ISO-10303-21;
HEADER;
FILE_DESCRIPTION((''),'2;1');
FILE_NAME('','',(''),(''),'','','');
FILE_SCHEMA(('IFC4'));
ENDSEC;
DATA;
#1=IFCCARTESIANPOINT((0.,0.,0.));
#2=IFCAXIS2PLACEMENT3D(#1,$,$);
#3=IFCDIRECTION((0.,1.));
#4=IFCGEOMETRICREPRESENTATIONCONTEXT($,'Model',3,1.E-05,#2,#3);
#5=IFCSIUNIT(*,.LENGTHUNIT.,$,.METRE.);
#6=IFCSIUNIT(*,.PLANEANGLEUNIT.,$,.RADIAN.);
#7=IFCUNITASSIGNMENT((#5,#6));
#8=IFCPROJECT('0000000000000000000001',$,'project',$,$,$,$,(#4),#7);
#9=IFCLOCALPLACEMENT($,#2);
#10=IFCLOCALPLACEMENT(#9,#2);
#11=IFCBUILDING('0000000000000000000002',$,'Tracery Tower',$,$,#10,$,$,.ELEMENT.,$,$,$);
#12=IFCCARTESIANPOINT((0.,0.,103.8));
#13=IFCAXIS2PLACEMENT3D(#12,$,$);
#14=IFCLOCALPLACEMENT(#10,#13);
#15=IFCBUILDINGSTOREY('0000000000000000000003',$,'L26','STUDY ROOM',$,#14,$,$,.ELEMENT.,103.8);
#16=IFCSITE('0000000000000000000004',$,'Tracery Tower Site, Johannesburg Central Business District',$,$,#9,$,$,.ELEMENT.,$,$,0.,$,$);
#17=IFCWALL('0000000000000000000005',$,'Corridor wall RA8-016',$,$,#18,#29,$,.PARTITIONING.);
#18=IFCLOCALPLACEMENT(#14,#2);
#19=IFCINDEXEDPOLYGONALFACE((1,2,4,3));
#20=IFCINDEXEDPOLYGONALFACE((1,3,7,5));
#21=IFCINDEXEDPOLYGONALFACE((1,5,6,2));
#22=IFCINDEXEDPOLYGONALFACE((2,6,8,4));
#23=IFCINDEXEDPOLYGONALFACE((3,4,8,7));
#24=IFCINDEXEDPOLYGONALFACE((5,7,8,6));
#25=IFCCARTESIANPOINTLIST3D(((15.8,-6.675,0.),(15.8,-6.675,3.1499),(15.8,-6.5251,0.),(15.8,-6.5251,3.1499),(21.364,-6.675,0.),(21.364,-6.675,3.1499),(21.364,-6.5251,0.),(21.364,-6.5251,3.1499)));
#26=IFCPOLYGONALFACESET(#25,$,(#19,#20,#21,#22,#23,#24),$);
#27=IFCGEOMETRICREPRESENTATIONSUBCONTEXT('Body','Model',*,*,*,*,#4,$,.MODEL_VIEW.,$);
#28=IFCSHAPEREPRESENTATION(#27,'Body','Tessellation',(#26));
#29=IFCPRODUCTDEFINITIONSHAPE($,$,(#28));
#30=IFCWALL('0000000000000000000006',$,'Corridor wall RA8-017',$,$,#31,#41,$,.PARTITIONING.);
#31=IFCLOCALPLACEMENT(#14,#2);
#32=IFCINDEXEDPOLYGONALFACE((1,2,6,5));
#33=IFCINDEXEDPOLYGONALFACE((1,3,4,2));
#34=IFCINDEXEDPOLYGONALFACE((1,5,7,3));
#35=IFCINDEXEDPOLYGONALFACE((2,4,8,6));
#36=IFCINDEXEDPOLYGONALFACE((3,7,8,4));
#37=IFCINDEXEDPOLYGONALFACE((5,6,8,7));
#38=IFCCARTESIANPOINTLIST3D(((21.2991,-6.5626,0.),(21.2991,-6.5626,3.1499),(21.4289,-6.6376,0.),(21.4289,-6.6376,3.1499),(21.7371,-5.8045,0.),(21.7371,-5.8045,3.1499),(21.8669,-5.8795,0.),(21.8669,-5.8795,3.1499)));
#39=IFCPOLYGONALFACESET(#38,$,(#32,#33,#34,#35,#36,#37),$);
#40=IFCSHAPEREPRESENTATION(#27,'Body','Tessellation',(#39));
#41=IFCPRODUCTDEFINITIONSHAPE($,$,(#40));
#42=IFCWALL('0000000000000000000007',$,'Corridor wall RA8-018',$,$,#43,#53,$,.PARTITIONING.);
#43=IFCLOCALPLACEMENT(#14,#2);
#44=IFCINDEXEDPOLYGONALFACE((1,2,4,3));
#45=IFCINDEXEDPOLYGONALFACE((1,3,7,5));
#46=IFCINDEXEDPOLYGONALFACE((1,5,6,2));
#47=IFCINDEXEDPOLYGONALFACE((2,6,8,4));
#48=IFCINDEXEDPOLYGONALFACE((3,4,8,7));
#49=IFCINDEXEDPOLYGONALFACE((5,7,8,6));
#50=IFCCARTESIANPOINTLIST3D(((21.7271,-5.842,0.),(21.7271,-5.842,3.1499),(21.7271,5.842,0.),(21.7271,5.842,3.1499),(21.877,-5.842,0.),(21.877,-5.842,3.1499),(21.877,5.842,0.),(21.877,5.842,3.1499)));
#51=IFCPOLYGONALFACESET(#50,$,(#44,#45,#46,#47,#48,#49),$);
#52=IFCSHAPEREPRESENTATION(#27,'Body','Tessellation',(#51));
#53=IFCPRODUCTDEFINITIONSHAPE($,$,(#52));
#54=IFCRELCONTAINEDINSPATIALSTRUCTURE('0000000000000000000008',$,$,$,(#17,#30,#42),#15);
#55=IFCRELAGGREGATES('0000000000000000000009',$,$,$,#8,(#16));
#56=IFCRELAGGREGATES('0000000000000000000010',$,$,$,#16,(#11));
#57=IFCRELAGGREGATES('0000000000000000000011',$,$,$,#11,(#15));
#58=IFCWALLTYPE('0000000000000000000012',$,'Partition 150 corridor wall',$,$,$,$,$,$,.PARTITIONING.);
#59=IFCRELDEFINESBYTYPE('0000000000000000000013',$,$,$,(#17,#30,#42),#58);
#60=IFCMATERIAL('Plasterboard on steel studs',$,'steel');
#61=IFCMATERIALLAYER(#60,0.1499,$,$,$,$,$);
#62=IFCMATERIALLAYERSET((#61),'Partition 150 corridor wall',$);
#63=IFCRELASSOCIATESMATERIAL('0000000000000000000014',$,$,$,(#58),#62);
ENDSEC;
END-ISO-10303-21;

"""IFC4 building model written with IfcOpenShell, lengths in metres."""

from ifc_helpers import new_model, si_unit, direction, frame, frame_2d, origin, place, context, subcontext, project, spatial, rectangle, extrude, material, layer, layer_set, type_object, element, save


model = new_model("IFC4")

# Units and contexts
model_context = context("Model", 3, precision=1e-05, world=origin(), true_north=direction((0.0, 1.0)))
body_context = subcontext(model_context, "Body", "Model", "MODEL_VIEW")
ifc_project = project(units=[si_unit("LENGTHUNIT", "METRE"), si_unit("PLANEANGLEUNIT", "RADIAN")], contexts=[model_context])

# Site, building, storey
site_placement = place(None, origin())
site = spatial("IfcSite", under=ifc_project, at=site_placement, Name="Tracery Tower Site, Johannesburg Central Business District", CompositionType="ELEMENT", RefElevation=0.0)
building_placement = place(site_placement, origin())
building = spatial("IfcBuilding", under=site, at=building_placement, Name="Tracery Tower", CompositionType="ELEMENT")
storey_placement = place(building_placement, frame((0.0, 0.0, 103.8)))
storey = spatial("IfcBuildingStorey", under=building, at=storey_placement, Name="L26", Description="STUDY ROOM", CompositionType="ELEMENT", Elevation=103.8)

# Shared definitions
ifc_material_1 = material(Name="Plasterboard on steel studs", Category="steel")
ifc_layer_1 = layer(ifc_material_1, 0.1499)
ifc_layer_set_1 = layer_set([ifc_layer_1], Name="Partition 150 corridor wall")
wall_type_1 = type_object("IfcWallType", Name="Partition 150 corridor wall", PredefinedType="PARTITIONING", material=ifc_layer_set_1)

# Walls
wall_1_placement = place(storey_placement, frame((15.8, -6.6001, 0.0), z_axis=(0.0, 0.0, 1.0), x_axis=(1.0, 0.0, 0.0)))
element("IfcWall", 1, at=wall_1_placement, inside=storey, type_object=wall_type_1, Name="Corridor wall RA8-016", PredefinedType="PARTITIONING", context=body_context, shape_type="SweptSolid", body=[
    extrude(rectangle(XDim=5.564, YDim=0.1499, at=frame_2d((2.782, 0.0))), origin(), (0.0, 0.0, 1.0), 3.1499),
])
wall_2_placement = place(storey_placement, frame((21.364, -6.6001, 0.0), z_axis=(0.0, 0.0, 1.0), x_axis=(0.500278, 0.865865, 0.0)))
element("IfcWall", 2, at=wall_2_placement, inside=storey, type_object=wall_type_1, Name="Corridor wall RA8-017", PredefinedType="PARTITIONING", context=body_context, shape_type="SweptSolid", body=[
    extrude(rectangle(XDim=0.8755, YDim=0.1499, at=frame_2d((0.4377, 0.0))), origin(), (0.0, 0.0, 1.0), 3.1499),
])
wall_3_placement = place(storey_placement, frame((21.802, -5.842, 0.0), z_axis=(0.0, 0.0, 1.0), x_axis=(0.0, 1.0, 0.0)))
element("IfcWall", 3, at=wall_3_placement, inside=storey, type_object=wall_type_1, Name="Corridor wall RA8-018", PredefinedType="PARTITIONING", context=body_context, shape_type="SweptSolid", body=[
    extrude(rectangle(XDim=11.6841, YDim=0.1499, at=frame_2d((5.842, 0.0))), origin(), (0.0, 0.0, 1.0), 3.1499),
])

save(model, "model.ifc")
